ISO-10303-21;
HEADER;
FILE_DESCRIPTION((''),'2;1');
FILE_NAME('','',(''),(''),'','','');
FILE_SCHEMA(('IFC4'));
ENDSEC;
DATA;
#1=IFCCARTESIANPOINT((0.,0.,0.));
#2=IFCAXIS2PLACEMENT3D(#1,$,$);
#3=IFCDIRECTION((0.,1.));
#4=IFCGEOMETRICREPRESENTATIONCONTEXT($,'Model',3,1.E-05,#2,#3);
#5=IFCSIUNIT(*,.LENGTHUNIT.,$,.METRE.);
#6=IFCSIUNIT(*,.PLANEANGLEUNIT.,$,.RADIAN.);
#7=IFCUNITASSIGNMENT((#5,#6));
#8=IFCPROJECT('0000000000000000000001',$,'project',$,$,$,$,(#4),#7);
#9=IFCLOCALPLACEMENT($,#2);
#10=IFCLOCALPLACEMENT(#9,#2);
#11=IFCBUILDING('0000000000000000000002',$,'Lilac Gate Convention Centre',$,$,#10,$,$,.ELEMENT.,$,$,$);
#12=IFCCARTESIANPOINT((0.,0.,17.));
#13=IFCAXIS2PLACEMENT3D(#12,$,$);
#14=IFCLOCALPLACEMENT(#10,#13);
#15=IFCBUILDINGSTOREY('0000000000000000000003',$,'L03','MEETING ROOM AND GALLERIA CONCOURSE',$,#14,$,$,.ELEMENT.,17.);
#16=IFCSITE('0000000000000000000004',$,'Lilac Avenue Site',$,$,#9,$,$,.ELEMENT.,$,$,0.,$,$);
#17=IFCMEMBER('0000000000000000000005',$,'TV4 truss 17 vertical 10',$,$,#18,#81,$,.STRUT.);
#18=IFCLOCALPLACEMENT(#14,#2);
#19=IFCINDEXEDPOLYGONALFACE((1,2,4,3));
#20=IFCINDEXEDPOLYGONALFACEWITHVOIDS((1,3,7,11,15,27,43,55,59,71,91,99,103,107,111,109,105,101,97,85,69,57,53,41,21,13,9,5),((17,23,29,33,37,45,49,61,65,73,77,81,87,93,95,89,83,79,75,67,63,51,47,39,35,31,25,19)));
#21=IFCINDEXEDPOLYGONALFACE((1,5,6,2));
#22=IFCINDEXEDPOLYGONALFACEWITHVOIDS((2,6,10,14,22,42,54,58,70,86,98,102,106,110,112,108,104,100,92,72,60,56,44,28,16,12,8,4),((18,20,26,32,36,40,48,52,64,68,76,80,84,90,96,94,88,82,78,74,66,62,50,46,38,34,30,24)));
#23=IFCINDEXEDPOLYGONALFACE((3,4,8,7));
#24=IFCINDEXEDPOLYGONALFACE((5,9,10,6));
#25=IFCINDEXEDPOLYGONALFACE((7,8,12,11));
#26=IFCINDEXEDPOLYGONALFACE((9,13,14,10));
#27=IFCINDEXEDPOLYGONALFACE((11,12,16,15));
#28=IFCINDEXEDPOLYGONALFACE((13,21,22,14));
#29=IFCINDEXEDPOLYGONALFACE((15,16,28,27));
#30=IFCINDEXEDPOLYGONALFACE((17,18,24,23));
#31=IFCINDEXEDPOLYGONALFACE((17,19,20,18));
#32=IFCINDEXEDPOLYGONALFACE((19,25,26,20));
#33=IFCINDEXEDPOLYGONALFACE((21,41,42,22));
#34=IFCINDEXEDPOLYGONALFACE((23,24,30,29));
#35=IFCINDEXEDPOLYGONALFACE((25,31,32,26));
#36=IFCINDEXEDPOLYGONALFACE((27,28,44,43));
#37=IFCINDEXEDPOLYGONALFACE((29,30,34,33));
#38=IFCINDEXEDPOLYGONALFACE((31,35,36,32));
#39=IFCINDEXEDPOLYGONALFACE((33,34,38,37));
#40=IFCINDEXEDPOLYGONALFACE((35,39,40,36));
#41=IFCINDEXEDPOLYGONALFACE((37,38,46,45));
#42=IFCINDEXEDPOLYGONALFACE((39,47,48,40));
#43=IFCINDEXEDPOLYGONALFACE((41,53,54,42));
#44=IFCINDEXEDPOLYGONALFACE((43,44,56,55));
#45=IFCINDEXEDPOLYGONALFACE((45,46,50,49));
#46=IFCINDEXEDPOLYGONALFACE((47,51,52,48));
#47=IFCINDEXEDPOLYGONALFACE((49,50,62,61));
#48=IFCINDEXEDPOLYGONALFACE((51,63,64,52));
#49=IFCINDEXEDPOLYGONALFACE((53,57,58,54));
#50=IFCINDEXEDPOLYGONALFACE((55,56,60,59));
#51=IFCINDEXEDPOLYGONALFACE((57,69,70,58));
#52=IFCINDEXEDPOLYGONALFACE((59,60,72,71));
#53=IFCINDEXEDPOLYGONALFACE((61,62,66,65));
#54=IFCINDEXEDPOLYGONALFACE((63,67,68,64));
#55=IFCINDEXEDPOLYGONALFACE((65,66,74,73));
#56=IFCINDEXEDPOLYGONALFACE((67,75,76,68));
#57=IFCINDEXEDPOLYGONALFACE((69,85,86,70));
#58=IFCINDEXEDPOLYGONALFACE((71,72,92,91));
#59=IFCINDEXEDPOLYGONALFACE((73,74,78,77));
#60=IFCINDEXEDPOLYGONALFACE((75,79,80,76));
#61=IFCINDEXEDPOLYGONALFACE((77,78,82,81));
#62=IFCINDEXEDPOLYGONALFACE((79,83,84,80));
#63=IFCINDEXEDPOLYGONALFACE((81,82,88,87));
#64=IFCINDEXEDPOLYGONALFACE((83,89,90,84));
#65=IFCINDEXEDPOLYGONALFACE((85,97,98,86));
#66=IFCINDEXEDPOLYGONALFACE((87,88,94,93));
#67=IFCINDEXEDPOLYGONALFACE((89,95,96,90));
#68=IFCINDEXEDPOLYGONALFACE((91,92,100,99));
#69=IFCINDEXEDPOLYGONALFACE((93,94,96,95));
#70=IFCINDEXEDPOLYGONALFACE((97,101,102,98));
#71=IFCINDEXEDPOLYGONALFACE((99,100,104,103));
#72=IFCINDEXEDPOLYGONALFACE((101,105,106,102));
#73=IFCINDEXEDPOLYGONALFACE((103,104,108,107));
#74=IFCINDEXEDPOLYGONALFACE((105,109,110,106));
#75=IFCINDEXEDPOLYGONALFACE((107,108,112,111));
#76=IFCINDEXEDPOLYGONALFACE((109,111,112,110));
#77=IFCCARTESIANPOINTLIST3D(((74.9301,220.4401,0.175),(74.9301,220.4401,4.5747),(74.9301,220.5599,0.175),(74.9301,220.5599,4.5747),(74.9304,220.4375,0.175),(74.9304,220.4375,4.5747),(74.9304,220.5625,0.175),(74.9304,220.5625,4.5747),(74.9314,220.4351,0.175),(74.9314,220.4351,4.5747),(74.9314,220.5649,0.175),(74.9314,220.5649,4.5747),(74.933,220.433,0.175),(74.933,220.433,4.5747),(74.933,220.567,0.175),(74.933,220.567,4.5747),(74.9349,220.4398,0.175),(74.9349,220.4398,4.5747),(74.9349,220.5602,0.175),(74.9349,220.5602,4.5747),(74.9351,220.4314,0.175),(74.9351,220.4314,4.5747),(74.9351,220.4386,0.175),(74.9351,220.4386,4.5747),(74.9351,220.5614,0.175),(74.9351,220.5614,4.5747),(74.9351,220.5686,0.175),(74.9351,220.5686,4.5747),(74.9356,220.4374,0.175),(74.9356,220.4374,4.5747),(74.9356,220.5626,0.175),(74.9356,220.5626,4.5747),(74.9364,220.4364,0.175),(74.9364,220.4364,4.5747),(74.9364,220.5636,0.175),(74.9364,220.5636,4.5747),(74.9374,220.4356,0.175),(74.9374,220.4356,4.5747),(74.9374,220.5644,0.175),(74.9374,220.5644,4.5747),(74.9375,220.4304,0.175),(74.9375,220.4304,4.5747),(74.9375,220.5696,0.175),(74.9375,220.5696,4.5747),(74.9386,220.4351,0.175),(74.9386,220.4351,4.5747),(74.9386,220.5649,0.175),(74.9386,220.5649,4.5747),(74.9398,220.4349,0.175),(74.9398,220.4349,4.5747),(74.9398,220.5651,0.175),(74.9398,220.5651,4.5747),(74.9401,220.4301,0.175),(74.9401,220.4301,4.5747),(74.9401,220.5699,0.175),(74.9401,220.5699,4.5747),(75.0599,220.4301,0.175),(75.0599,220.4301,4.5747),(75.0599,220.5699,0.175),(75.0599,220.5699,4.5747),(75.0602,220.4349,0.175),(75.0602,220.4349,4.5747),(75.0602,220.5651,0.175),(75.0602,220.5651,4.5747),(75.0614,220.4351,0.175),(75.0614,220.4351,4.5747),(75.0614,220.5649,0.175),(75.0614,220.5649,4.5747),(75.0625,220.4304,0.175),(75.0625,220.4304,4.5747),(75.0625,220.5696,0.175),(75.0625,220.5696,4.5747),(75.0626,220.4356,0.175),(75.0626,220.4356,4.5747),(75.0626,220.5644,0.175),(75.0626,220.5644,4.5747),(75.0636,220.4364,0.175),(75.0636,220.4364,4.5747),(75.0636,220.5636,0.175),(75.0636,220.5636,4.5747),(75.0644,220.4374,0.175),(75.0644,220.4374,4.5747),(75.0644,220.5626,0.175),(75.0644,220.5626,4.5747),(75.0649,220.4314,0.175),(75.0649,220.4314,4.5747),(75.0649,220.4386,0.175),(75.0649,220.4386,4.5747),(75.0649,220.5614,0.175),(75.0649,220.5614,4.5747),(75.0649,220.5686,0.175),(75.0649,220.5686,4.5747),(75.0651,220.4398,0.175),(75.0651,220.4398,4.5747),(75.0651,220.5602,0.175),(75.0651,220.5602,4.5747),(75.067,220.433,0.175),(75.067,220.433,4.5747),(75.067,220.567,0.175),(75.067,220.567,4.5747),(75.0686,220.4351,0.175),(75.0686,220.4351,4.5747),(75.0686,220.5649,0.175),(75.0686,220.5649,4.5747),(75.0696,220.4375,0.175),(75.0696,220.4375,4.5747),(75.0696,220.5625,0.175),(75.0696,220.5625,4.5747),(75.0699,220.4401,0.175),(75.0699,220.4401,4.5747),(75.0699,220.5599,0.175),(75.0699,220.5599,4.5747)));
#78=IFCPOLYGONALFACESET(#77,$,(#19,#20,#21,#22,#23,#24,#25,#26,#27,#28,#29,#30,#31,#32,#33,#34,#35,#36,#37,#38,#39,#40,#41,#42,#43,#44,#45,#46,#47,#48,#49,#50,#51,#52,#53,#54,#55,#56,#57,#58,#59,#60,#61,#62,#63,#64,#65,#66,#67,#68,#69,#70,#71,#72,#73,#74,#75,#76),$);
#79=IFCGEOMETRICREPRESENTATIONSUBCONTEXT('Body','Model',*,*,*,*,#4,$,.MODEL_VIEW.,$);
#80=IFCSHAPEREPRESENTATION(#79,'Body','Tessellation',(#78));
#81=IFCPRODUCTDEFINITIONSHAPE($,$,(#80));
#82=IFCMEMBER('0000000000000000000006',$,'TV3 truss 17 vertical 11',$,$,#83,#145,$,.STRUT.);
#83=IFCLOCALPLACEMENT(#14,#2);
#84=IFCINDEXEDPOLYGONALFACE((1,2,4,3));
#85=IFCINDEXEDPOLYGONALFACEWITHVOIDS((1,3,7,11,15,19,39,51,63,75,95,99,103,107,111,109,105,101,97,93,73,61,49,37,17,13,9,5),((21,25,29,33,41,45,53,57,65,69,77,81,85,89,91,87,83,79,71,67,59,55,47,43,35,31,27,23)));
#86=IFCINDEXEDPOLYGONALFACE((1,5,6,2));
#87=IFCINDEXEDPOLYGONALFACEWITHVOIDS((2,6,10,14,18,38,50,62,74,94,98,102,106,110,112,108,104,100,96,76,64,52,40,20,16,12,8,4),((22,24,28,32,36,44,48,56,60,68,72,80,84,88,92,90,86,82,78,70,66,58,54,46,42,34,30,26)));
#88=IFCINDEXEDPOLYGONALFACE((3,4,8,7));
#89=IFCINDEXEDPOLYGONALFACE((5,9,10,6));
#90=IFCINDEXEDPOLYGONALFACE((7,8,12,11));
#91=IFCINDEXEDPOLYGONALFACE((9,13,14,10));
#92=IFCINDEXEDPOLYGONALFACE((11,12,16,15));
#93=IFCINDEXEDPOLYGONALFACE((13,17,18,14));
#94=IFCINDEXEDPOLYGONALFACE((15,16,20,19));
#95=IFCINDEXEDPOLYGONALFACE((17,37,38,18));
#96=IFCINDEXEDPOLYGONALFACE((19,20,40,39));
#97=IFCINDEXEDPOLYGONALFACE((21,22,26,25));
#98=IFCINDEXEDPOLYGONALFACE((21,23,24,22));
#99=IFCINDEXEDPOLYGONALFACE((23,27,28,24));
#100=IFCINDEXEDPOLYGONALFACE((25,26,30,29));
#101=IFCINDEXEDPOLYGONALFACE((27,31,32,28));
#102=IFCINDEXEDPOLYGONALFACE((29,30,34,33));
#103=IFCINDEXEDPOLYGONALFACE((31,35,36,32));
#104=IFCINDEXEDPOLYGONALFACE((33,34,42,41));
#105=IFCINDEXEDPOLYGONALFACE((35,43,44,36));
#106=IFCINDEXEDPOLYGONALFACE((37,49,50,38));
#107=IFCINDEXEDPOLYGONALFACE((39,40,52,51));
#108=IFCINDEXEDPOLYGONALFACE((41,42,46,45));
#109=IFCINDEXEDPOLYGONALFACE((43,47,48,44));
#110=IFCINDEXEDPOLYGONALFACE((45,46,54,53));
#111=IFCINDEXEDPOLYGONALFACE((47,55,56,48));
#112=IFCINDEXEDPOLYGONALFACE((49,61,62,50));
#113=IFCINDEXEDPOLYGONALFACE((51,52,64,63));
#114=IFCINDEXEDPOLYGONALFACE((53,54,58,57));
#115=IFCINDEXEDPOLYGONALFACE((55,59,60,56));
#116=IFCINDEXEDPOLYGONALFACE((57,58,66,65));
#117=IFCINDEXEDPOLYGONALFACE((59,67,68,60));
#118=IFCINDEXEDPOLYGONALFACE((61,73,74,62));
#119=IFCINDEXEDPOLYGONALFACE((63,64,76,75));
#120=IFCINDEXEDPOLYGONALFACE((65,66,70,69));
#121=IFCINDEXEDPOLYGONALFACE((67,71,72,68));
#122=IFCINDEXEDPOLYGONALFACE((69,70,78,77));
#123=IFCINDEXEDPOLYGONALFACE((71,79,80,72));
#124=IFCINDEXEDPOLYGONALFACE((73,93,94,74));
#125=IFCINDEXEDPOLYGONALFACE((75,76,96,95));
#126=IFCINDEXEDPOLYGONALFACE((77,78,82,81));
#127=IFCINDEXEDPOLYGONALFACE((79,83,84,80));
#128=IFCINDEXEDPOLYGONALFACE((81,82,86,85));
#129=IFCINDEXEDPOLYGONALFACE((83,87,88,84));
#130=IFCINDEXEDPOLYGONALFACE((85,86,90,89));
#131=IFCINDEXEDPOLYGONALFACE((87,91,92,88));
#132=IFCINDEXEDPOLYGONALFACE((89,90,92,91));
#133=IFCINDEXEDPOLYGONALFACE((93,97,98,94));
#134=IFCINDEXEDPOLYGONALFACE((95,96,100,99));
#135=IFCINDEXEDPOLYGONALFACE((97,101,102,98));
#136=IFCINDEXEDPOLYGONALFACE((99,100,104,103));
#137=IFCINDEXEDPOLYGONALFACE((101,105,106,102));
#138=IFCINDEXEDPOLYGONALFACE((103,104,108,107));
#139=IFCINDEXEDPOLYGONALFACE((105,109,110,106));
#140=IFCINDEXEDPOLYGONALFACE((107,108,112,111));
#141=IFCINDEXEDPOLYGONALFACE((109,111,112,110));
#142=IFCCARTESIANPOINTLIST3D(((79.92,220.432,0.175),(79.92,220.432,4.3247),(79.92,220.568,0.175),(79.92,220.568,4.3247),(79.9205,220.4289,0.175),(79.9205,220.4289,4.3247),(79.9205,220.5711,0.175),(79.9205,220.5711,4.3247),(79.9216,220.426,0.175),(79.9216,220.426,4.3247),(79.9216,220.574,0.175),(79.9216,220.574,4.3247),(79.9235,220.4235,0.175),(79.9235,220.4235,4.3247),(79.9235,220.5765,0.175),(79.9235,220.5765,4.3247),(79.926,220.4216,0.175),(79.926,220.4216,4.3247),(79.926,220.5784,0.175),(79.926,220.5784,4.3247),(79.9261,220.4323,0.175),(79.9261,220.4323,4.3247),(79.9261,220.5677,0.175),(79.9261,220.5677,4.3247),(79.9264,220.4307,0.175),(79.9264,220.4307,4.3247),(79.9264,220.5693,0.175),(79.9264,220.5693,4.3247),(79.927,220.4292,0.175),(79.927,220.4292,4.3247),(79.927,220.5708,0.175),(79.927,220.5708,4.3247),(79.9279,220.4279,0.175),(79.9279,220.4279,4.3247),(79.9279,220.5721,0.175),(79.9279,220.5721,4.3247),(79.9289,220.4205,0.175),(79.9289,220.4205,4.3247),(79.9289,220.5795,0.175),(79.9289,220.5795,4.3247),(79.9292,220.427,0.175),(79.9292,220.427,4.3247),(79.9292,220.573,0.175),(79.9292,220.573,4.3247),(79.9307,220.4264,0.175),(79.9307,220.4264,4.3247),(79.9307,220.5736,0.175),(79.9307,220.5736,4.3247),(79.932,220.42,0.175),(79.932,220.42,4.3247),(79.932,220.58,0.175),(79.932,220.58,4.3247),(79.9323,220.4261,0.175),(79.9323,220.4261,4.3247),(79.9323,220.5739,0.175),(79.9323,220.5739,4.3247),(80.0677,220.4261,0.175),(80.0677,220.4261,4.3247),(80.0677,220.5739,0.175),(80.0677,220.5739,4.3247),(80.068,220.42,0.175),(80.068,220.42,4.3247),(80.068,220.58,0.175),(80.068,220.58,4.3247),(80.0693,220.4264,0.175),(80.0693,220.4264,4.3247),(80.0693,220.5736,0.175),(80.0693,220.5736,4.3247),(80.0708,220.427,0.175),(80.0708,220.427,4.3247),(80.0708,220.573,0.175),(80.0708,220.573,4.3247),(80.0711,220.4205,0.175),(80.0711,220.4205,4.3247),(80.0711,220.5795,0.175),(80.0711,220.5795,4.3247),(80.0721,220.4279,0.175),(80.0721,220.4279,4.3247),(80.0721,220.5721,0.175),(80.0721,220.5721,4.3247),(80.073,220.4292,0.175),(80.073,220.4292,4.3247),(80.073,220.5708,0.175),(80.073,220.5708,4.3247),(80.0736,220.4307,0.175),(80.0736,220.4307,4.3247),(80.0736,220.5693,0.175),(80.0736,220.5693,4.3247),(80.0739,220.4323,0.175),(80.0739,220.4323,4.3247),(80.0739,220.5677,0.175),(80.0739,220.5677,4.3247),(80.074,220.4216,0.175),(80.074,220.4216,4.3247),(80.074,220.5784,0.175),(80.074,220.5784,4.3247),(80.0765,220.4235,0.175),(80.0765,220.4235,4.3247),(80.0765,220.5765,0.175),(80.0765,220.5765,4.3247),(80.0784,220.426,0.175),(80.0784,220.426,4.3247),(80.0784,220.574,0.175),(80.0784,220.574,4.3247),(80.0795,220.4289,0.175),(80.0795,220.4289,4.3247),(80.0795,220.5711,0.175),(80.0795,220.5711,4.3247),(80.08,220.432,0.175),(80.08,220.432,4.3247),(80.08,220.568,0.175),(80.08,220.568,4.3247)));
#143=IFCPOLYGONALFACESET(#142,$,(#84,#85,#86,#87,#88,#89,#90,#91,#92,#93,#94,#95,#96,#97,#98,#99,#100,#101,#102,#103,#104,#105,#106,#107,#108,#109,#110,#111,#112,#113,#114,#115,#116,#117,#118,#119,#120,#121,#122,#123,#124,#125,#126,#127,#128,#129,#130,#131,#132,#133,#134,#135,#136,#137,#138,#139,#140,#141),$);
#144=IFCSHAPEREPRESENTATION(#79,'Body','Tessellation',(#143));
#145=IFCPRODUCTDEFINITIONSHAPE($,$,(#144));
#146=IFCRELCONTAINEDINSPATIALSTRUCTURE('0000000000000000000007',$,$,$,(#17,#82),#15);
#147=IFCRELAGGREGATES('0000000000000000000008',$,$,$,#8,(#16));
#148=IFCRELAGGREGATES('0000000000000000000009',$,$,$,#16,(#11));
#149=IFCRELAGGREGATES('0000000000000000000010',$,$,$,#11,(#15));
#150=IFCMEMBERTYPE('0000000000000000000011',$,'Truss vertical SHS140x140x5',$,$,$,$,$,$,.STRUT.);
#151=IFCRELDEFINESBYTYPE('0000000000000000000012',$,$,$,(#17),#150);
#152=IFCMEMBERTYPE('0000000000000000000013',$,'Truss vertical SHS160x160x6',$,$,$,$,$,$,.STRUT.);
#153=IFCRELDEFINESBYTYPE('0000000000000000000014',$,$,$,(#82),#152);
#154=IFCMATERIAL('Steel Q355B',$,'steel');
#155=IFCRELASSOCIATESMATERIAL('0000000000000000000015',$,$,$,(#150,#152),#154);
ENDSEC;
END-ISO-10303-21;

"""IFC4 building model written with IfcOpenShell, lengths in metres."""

from ifc_helpers import new_model, si_unit, direction, frame, origin, origin_2d, place, context, subcontext, project, spatial, hollow_rectangle, extrude, material, material_profile, profile_set, type_object, element, save


model = new_model("IFC4")

# Units and contexts
model_context = context("Model", 3, precision=1e-05, world=origin(), true_north=direction((0.0, 1.0)))
body_context = subcontext(model_context, "Body", "Model", "MODEL_VIEW")
ifc_project = project(units=[si_unit("LENGTHUNIT", "METRE"), si_unit("PLANEANGLEUNIT", "RADIAN")], contexts=[model_context])

# Site, building, storey
site_placement = place(None, origin())
site = spatial("IfcSite", under=ifc_project, at=site_placement, Name="Lilac Avenue Site", CompositionType="ELEMENT", RefElevation=0.0)
building_placement = place(site_placement, origin())
building = spatial("IfcBuilding", under=site, at=building_placement, Name="Lilac Gate Convention Centre", CompositionType="ELEMENT")
storey_placement = place(building_placement, frame((0.0, 0.0, 17.0)))
storey = spatial("IfcBuildingStorey", under=building, at=storey_placement, Name="L03", Description="MEETING ROOM AND GALLERIA CONCOURSE", CompositionType="ELEMENT", Elevation=17.0)

# Members
ifc_material = material(Name="Steel Q355B", Category="steel")
ifc_material_profile_1 = material_profile(ifc_material, hollow_rectangle(XDim=0.1399, YDim=0.1399, WallThickness=0.0049, InnerFilletRadius=0.0049, OuterFilletRadius=0.01, at=origin_2d()), Name="SHS140x140x5")
ifc_profile_set_1 = profile_set([ifc_material_profile_1], Name="Steel Q355B")
member_type_1 = type_object("IfcMemberType", Name="Truss vertical SHS140x140x5", PredefinedType="STRUT", material=ifc_profile_set_1)
member_1_placement = place(storey_placement, frame((75.0, 220.5, 0.175), z_axis=(0.0, 0.0, 1.0), x_axis=(1.0, 0.0, 0.0)))
element("IfcMember", 1, at=member_1_placement, inside=storey, type_object=member_type_1, Name="TV4 truss 17 vertical 10", PredefinedType="STRUT", context=body_context, shape_type="SweptSolid", body=[
    extrude(hollow_rectangle(XDim=0.1399, YDim=0.1399, WallThickness=0.0049, InnerFilletRadius=0.0049, OuterFilletRadius=0.01, at=origin_2d()), origin(), (0.0, 0.0, 1.0), 4.3997),
])
ifc_material_profile_2 = material_profile(ifc_material, hollow_rectangle(XDim=0.1599, YDim=0.1599, WallThickness=0.0061, InnerFilletRadius=0.0061, OuterFilletRadius=0.012, at=origin_2d()), Name="SHS160x160x6")
ifc_profile_set_2 = profile_set([ifc_material_profile_2], Name="Steel Q355B")
member_type_2 = type_object("IfcMemberType", Name="Truss vertical SHS160x160x6", PredefinedType="STRUT", material=ifc_profile_set_2)
member_2_placement = place(storey_placement, frame((80.0, 220.5, 0.175), z_axis=(0.0, 0.0, 1.0), x_axis=(1.0, 0.0, 0.0)))
element("IfcMember", 2, at=member_2_placement, inside=storey, type_object=member_type_2, Name="TV3 truss 17 vertical 11", PredefinedType="STRUT", context=body_context, shape_type="SweptSolid", body=[
    extrude(hollow_rectangle(XDim=0.1599, YDim=0.1599, WallThickness=0.0061, InnerFilletRadius=0.0061, OuterFilletRadius=0.012, at=origin_2d()), origin(), (0.0, 0.0, 1.0), 4.1497),
])

save(model, "model.ifc")
